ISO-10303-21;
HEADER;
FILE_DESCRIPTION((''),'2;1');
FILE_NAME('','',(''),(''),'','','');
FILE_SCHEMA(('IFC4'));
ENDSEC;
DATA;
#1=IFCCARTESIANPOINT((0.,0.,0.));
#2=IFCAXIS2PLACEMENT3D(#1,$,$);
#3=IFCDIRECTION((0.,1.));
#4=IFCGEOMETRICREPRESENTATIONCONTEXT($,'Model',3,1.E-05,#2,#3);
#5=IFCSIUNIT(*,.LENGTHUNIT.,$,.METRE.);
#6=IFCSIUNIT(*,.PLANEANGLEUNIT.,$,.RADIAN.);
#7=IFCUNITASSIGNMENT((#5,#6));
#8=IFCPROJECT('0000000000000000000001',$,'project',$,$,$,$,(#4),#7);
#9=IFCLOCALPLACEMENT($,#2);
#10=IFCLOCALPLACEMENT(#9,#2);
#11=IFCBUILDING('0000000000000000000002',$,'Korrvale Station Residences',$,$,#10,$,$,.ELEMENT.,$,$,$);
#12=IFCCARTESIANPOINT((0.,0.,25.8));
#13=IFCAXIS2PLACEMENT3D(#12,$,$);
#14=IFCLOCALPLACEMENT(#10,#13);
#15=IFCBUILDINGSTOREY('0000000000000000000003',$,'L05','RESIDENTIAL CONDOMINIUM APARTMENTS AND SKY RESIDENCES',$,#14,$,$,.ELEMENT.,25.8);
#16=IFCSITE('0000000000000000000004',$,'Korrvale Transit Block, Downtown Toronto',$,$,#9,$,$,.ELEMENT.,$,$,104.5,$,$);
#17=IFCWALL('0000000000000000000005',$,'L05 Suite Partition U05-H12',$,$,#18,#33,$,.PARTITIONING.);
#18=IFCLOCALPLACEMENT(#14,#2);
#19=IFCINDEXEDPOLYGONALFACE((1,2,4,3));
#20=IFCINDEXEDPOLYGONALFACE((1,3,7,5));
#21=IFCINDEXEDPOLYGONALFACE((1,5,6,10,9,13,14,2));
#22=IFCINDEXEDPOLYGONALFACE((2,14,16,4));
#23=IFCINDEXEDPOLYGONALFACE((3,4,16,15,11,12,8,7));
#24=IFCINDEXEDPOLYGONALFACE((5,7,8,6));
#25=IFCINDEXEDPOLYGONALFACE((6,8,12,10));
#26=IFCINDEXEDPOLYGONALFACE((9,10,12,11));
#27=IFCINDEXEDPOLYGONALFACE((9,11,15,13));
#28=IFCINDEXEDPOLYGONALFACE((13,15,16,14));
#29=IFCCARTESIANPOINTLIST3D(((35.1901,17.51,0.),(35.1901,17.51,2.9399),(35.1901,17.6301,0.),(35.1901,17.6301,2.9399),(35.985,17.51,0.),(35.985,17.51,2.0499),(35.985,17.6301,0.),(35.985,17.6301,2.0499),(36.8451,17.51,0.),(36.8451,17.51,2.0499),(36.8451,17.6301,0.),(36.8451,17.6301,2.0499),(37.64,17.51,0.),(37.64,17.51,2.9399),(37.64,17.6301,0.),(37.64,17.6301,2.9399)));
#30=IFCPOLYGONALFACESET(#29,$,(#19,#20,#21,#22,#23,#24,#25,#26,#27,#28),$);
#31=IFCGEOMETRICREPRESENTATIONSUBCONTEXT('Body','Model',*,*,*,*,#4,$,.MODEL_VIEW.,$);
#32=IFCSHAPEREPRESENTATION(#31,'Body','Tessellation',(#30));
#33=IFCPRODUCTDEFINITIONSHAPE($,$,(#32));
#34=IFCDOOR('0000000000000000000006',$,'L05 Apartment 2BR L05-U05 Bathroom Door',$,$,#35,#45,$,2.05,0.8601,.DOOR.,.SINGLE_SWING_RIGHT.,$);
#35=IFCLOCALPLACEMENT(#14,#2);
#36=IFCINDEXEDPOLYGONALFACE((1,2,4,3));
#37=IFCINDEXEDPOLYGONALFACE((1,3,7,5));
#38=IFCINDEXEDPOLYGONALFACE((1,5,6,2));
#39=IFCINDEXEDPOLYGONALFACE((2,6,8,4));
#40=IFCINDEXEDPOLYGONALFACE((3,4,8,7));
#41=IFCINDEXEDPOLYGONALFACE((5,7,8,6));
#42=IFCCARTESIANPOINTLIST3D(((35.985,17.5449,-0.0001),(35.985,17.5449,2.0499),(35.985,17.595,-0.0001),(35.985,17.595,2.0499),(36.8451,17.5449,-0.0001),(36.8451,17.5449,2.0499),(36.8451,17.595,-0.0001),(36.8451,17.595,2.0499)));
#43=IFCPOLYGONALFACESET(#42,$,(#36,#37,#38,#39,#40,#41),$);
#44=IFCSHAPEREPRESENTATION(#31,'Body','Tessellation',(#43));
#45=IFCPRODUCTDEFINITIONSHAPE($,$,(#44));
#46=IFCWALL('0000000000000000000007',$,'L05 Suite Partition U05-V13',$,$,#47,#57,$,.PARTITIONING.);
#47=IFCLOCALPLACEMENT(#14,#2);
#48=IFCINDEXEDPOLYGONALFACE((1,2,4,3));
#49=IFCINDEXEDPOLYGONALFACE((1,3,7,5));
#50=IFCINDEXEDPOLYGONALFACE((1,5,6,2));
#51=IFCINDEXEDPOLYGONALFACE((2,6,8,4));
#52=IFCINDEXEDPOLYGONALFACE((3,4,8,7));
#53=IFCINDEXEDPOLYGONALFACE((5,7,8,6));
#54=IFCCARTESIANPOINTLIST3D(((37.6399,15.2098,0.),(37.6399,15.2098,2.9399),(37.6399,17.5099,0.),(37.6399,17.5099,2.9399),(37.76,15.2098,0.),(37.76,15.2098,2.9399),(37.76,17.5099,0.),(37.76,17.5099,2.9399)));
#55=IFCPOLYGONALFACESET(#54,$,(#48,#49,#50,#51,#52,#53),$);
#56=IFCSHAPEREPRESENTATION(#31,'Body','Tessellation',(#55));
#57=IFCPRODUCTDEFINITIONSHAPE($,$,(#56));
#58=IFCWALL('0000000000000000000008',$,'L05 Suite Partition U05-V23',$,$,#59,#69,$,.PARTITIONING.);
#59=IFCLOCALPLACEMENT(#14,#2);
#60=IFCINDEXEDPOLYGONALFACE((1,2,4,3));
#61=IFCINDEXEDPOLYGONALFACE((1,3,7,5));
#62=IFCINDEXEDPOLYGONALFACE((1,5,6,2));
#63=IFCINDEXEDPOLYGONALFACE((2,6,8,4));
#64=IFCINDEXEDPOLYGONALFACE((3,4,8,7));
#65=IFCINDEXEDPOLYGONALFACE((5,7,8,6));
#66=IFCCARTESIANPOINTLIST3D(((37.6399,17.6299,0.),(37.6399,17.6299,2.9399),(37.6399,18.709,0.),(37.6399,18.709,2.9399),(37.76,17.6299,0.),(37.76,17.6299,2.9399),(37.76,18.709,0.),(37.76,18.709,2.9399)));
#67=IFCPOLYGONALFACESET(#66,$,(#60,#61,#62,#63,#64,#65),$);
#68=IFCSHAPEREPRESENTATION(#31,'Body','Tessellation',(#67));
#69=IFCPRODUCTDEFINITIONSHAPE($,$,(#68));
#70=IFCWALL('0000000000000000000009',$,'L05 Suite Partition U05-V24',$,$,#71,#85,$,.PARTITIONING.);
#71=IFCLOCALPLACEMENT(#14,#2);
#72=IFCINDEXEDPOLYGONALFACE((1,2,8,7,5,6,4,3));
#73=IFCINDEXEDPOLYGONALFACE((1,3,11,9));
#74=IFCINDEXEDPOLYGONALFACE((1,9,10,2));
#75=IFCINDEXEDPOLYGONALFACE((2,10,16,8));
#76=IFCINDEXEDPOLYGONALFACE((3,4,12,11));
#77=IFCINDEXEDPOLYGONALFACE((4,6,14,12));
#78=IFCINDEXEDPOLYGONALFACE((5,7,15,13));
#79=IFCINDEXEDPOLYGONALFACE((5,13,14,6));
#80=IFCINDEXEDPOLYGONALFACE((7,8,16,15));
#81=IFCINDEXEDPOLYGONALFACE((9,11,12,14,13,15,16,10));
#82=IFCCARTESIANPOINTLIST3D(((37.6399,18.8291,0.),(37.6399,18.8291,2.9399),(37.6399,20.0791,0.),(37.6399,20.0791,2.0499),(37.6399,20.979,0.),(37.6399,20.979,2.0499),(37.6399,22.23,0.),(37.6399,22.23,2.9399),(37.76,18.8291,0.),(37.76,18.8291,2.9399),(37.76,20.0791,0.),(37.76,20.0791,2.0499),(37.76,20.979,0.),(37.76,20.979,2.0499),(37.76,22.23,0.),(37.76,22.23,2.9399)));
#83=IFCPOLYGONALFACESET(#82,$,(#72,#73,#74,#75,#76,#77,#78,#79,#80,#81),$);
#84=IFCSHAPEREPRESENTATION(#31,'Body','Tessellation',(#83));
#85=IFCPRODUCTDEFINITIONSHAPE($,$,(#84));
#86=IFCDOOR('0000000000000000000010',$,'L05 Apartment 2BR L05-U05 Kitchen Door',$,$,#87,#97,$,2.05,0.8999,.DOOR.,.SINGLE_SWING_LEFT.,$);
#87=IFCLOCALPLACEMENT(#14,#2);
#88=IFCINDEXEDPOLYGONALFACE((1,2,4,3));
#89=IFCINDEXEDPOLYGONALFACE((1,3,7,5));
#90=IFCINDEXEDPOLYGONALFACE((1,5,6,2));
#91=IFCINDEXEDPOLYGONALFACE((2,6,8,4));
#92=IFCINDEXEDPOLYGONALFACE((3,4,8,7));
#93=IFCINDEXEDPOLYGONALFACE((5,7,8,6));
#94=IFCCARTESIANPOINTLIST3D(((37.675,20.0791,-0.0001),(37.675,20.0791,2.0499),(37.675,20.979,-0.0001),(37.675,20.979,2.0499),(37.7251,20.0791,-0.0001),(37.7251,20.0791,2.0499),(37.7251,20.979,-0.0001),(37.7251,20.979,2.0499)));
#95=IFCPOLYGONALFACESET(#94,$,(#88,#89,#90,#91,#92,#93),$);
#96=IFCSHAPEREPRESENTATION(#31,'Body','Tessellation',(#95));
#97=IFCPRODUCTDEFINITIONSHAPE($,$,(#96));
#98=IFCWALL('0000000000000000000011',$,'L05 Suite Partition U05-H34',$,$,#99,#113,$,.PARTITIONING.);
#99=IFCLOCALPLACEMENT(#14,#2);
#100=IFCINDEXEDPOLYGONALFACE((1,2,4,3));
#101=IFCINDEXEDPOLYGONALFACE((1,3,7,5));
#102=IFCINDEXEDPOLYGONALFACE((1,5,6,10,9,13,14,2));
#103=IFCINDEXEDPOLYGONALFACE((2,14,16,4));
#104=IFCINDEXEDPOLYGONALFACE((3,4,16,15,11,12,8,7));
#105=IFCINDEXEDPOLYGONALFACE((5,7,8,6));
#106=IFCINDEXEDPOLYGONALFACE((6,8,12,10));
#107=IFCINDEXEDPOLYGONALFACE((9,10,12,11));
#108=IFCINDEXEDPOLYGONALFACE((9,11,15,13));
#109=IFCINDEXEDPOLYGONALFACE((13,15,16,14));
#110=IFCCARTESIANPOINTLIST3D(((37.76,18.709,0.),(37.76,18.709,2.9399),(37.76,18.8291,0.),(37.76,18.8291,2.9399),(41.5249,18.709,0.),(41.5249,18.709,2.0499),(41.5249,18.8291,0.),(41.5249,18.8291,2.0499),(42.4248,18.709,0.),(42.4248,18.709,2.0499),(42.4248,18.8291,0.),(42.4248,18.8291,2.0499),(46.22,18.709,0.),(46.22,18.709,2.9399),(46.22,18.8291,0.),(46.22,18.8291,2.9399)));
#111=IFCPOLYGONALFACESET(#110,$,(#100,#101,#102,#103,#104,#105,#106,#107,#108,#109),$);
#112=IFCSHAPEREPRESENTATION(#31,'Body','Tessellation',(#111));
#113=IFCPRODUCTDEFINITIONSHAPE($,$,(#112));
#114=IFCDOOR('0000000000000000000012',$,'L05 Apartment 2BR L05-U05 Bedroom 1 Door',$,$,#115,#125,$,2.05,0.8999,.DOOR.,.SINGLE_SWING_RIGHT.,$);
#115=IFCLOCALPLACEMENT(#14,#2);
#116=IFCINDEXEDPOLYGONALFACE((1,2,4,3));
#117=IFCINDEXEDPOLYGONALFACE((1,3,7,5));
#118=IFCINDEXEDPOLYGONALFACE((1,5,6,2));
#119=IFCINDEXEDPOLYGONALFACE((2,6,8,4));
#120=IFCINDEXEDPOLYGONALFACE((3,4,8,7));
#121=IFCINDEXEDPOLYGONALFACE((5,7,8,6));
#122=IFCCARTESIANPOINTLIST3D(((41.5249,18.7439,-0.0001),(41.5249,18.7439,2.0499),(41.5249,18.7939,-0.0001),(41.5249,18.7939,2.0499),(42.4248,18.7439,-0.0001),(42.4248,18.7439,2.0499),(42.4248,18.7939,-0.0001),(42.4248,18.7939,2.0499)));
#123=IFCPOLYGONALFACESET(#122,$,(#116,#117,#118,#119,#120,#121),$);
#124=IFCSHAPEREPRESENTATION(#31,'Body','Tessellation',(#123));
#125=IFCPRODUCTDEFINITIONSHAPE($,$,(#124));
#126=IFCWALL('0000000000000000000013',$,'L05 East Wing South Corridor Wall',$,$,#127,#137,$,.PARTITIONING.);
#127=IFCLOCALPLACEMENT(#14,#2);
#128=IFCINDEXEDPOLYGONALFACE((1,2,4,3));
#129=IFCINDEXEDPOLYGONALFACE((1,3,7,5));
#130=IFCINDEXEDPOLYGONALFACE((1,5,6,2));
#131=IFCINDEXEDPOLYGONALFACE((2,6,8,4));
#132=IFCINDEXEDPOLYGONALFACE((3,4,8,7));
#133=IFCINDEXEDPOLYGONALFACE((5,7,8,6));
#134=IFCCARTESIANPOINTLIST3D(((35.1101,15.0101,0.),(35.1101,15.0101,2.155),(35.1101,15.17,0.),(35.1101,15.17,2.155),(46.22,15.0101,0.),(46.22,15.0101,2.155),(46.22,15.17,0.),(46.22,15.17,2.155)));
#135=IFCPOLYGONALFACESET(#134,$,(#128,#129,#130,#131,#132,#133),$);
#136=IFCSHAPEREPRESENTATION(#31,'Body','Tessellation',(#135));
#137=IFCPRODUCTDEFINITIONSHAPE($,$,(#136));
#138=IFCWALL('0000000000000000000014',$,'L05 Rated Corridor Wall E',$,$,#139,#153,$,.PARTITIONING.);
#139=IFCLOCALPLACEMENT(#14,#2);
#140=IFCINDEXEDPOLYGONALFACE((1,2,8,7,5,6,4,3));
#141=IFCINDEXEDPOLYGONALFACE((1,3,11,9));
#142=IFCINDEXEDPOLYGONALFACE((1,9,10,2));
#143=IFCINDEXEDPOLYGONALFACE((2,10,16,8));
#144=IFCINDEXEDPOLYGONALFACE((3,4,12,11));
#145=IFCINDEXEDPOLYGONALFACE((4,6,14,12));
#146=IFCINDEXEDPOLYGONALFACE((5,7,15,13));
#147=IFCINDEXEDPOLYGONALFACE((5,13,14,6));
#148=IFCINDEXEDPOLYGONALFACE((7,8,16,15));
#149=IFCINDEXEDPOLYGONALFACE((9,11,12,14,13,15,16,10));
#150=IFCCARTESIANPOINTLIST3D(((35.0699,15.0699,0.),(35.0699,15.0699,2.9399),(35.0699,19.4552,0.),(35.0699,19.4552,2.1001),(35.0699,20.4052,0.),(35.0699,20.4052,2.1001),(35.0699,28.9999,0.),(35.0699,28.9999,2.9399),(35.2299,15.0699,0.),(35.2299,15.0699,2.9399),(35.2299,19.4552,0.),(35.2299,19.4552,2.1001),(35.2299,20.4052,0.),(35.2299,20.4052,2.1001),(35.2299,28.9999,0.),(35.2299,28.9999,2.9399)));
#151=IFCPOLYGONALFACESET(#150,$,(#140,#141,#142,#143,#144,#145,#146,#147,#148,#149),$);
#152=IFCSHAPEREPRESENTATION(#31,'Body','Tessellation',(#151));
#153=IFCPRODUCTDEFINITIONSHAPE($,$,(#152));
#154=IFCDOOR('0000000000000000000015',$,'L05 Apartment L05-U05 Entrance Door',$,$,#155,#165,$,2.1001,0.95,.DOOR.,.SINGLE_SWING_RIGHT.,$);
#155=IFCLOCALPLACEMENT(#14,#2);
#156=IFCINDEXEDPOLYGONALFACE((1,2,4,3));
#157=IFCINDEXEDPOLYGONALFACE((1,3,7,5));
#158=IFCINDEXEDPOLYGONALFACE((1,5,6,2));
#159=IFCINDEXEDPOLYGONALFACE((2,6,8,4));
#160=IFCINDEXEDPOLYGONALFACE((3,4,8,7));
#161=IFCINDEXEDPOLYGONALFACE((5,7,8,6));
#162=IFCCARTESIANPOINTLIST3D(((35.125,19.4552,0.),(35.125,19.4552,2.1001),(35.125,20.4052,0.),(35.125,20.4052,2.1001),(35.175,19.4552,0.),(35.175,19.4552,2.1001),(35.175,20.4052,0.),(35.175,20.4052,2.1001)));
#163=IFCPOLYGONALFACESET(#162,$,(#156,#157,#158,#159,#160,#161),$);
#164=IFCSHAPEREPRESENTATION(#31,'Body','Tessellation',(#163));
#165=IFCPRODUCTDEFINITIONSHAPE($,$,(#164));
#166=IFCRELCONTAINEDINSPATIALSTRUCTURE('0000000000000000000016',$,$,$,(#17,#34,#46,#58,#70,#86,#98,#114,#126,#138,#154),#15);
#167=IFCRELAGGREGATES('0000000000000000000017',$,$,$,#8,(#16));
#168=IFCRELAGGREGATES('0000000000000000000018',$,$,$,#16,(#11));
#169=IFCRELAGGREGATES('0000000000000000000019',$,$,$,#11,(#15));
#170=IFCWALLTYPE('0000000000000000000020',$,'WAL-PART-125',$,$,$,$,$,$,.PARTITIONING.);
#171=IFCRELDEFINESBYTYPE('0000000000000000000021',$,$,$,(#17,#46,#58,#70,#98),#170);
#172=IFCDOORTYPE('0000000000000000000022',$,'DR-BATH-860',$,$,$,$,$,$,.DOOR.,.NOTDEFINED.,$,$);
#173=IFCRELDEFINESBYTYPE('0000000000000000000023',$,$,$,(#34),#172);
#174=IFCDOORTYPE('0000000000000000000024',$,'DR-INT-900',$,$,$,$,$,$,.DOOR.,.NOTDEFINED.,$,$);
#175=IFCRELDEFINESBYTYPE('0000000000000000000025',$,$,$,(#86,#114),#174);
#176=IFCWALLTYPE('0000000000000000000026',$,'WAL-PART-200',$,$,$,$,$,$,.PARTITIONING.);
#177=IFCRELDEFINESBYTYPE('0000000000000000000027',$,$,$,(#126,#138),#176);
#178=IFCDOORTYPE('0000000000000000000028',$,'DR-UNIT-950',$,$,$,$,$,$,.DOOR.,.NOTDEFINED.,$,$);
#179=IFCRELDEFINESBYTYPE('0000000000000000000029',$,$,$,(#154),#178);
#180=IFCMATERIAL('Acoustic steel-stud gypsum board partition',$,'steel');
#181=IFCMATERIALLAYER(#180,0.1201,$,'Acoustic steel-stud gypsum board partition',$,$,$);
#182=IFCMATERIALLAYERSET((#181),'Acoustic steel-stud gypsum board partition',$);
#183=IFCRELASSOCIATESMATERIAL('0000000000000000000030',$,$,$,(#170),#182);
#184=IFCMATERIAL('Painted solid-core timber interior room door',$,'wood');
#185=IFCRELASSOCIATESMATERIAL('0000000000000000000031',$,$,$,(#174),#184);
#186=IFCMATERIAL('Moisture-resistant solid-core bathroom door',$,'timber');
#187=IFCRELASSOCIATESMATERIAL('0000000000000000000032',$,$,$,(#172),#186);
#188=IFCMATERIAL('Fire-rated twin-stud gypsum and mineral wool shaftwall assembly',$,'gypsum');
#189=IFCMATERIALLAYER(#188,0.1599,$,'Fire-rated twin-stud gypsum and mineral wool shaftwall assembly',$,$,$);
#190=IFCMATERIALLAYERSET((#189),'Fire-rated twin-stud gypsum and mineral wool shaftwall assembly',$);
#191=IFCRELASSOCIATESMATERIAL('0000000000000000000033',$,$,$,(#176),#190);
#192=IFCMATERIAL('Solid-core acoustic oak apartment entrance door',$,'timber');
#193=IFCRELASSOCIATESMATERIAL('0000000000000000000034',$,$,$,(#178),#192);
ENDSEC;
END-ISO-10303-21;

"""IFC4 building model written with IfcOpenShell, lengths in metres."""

from ifc_helpers import new_model, si_unit, direction, frame, frame_2d, origin, place, context, subcontext, project, spatial, rectangle, extrude, material, layer, layer_set, type_object, element, fill, save


model = new_model("IFC4")

# Units and contexts
model_context = context("Model", 3, precision=1e-05, world=origin(), true_north=direction((0.0, 1.0)))
body_context = subcontext(model_context, "Body", "Model", "MODEL_VIEW")
ifc_project = project(units=[si_unit("LENGTHUNIT", "METRE"), si_unit("PLANEANGLEUNIT", "RADIAN")], contexts=[model_context])

# Site, building, storey
site_placement = place(None, origin())
site = spatial("IfcSite", under=ifc_project, at=site_placement, Name="Korrvale Transit Block, Downtown Toronto", CompositionType="ELEMENT", RefElevation=104.5)
building_placement = place(site_placement, origin())
building = spatial("IfcBuilding", under=site, at=building_placement, Name="Korrvale Station Residences", CompositionType="ELEMENT")
storey_placement = place(building_placement, frame((0.0, 0.0, 25.8)))
storey = spatial("IfcBuildingStorey", under=building, at=storey_placement, Name="L05", Description="RESIDENTIAL CONDOMINIUM APARTMENTS AND SKY RESIDENCES", CompositionType="ELEMENT", Elevation=25.8)

# Wall, opening, door
ifc_material_1 = material(Name="Acoustic steel-stud gypsum board partition", Category="steel")
ifc_layer_1 = layer(ifc_material_1, 0.1201, Name="Acoustic steel-stud gypsum board partition")
ifc_layer_set_1 = layer_set([ifc_layer_1], Name="Acoustic steel-stud gypsum board partition")
wall_type_1 = type_object("IfcWallType", Name="WAL-PART-125", PredefinedType="PARTITIONING", material=ifc_layer_set_1)
ifc_material_2 = material(Name="Painted solid-core timber interior room door", Category="wood")
door_type_1 = type_object("IfcDoorType", Name="DR-INT-900", OperationType="NOTDEFINED", PredefinedType="DOOR", material=ifc_material_2)
wall_1_placement = place(storey_placement, frame((35.1899, 17.5701, 0.0), z_axis=(0.0, 0.0, 1.0), x_axis=(1.0, 0.0, 0.0)))
wall_1 = element("IfcWall", 1, at=wall_1_placement, inside=storey, type_object=wall_type_1, Name="L05 Suite Partition U05-H12", PredefinedType="PARTITIONING", context=body_context, shape_type="SweptSolid", body=[
    extrude(rectangle(XDim=2.45, YDim=0.1201, at=frame_2d((1.2251, 0.0))), origin(), (0.0, 0.0, 1.0), 2.9399),
])
opening_1_placement = place(wall_1_placement, frame((0.7949, 0.0, 0.0)))
opening_1 = element("IfcOpeningElement", 2, at=opening_1_placement, cuts=wall_1, PredefinedType="OPENING", context=body_context, shape_type="SweptSolid", body=[
    extrude(rectangle(XDim=0.8601, YDim=2.05, at=frame_2d((0.4302, 1.0249))), frame((0.0, 0.0701, 0.0), z_axis=(0.0, -1.0, 0.0), x_axis=(1.0, 0.0, 0.0)), (0.0, 0.0, 1.0), 0.1401),
])
ifc_material_3 = material(Name="Moisture-resistant solid-core bathroom door", Category="timber")
door_type_2 = type_object("IfcDoorType", Name="DR-BATH-860", OperationType="NOTDEFINED", PredefinedType="DOOR", material=ifc_material_3)
door_1_placement = place(opening_1_placement, origin())
door_1 = element("IfcDoor", 3, at=door_1_placement, inside=storey, type_object=door_type_2, Name="L05 Apartment 2BR L05-U05 Bathroom Door", OperationType="SINGLE_SWING_RIGHT", OverallHeight=2.05, OverallWidth=0.8601, PredefinedType="DOOR", context=body_context, shape_type="SweptSolid", body=[
    extrude(rectangle(XDim=0.8601, YDim=2.05, at=frame_2d((0.4302, 1.0249))), frame((0.0, 0.0249, 0.0), z_axis=(0.0, -1.0, 0.0), x_axis=(1.0, 0.0, 0.0)), (0.0, 0.0, 1.0), 0.05),
])
fill(opening_1, door_1)

# Walls
wall_2_placement = place(storey_placement, frame((37.7, 15.21, 0.0), z_axis=(0.0, 0.0, 1.0), x_axis=(0.0, 1.0, 0.0)))
element("IfcWall", 4, at=wall_2_placement, inside=storey, type_object=wall_type_1, Name="L05 Suite Partition U05-V13", PredefinedType="PARTITIONING", context=body_context, shape_type="SweptSolid", body=[
    extrude(rectangle(XDim=2.3, YDim=0.1201, at=frame_2d((1.1499, 0.0))), origin(), (0.0, 0.0, 1.0), 2.9399),
])
wall_3_placement = place(storey_placement, frame((37.7, 17.6299, 0.0), z_axis=(0.0, 0.0, 1.0), x_axis=(0.0, 1.0, 0.0)))
element("IfcWall", 5, at=wall_3_placement, inside=storey, type_object=wall_type_1, Name="L05 Suite Partition U05-V23", PredefinedType="PARTITIONING", context=body_context, shape_type="SweptSolid", body=[
    extrude(rectangle(XDim=1.0791, YDim=0.1201, at=frame_2d((0.5396, 0.0))), origin(), (0.0, 0.0, 1.0), 2.9399),
])

# Walls, openings, doors
wall_4_placement = place(storey_placement, frame((37.7, 18.8291, 0.0), z_axis=(0.0, 0.0, 1.0), x_axis=(0.0, 1.0, 0.0)))
wall_4 = element("IfcWall", 6, at=wall_4_placement, inside=storey, type_object=wall_type_1, Name="L05 Suite Partition U05-V24", PredefinedType="PARTITIONING", context=body_context, shape_type="SweptSolid", body=[
    extrude(rectangle(XDim=3.4009, YDim=0.1201, at=frame_2d((1.7004, 0.0))), origin(), (0.0, 0.0, 1.0), 2.9399),
])
opening_2_placement = place(wall_4_placement, frame((1.25, 0.0, 0.0)))
opening_2 = element("IfcOpeningElement", 7, at=opening_2_placement, cuts=wall_4, PredefinedType="OPENING", context=body_context, shape_type="SweptSolid", body=[
    extrude(rectangle(XDim=0.8999, YDim=2.05, at=frame_2d((0.45, 1.0249))), frame((0.0, 0.0701, 0.0), z_axis=(0.0, -1.0, 0.0), x_axis=(1.0, 0.0, 0.0)), (0.0, 0.0, 1.0), 0.1401),
])
door_2_placement = place(opening_2_placement, origin())
door_2 = element("IfcDoor", 8, at=door_2_placement, inside=storey, type_object=door_type_1, Name="L05 Apartment 2BR L05-U05 Kitchen Door", OperationType="SINGLE_SWING_LEFT", OverallHeight=2.05, OverallWidth=0.8999, PredefinedType="DOOR", context=body_context, shape_type="SweptSolid", body=[
    extrude(rectangle(XDim=0.8999, YDim=2.05, at=frame_2d((0.45, 1.0249))), frame((0.0, 0.0249, 0.0), z_axis=(0.0, -1.0, 0.0), x_axis=(1.0, 0.0, 0.0)), (0.0, 0.0, 1.0), 0.05),
])
fill(opening_2, door_2)
wall_5_placement = place(storey_placement, frame((37.76, 18.769, 0.0), z_axis=(0.0, 0.0, 1.0), x_axis=(1.0, 0.0, 0.0)))
wall_5 = element("IfcWall", 9, at=wall_5_placement, inside=storey, type_object=wall_type_1, Name="L05 Suite Partition U05-H34", PredefinedType="PARTITIONING", context=body_context, shape_type="SweptSolid", body=[
    extrude(rectangle(XDim=8.46, YDim=0.1201, at=frame_2d((4.23, 0.0))), origin(), (0.0, 0.0, 1.0), 2.9399),
])
opening_3_placement = place(wall_5_placement, frame((3.7649, 0.0, 0.0)))
opening_3 = element("IfcOpeningElement", 10, at=opening_3_placement, cuts=wall_5, PredefinedType="OPENING", context=body_context, shape_type="SweptSolid", body=[
    extrude(rectangle(XDim=0.8999, YDim=2.05, at=frame_2d((0.45, 1.0249))), frame((0.0, 0.0701, 0.0), z_axis=(0.0, -1.0, 0.0), x_axis=(1.0, 0.0, 0.0)), (0.0, 0.0, 1.0), 0.1401),
])
door_3_placement = place(opening_3_placement, origin())
door_3 = element("IfcDoor", 11, at=door_3_placement, inside=storey, type_object=door_type_1, Name="L05 Apartment 2BR L05-U05 Bedroom 1 Door", OperationType="SINGLE_SWING_RIGHT", OverallHeight=2.05, OverallWidth=0.8999, PredefinedType="DOOR", context=body_context, shape_type="SweptSolid", body=[
    extrude(rectangle(XDim=0.8999, YDim=2.05, at=frame_2d((0.45, 1.0249))), frame((0.0, 0.0249, 0.0), z_axis=(0.0, -1.0, 0.0), x_axis=(1.0, 0.0, 0.0)), (0.0, 0.0, 1.0), 0.05),
])
fill(opening_3, door_3)

# Wall
ifc_material_4 = material(Name="Fire-rated twin-stud gypsum and mineral wool shaftwall assembly", Category="gypsum")
ifc_layer_2 = layer(ifc_material_4, 0.1599, Name="Fire-rated twin-stud gypsum and mineral wool shaftwall assembly")
ifc_layer_set_2 = layer_set([ifc_layer_2], Name="Fire-rated twin-stud gypsum and mineral wool shaftwall assembly")
wall_type_2 = type_object("IfcWallType", Name="WAL-PART-200", PredefinedType="PARTITIONING", material=ifc_layer_set_2)
wall_6_placement = place(storey_placement, frame((35.1101, 15.0901, 0.0), z_axis=(0.0, 0.0, 1.0), x_axis=(1.0, 0.0, 0.0)))
element("IfcWall", 12, at=wall_6_placement, inside=storey, type_object=wall_type_2, Name="L05 East Wing South Corridor Wall", PredefinedType="PARTITIONING", context=body_context, shape_type="SweptSolid", body=[
    extrude(rectangle(XDim=11.1099, YDim=0.1599, at=frame_2d((5.5549, 0.0))), origin(), (0.0, 0.0, 1.0), 2.155),
])

# Wall, opening, door
wall_7_placement = place(storey_placement, frame((35.1499, 15.0701, 0.0), z_axis=(0.0, 0.0, 1.0), x_axis=(0.0, 1.0, 0.0)))
wall_7 = element("IfcWall", 13, at=wall_7_placement, inside=storey, type_object=wall_type_2, Name="L05 Rated Corridor Wall E", PredefinedType="PARTITIONING", context=body_context, shape_type="SweptSolid", body=[
    extrude(rectangle(XDim=13.9299, YDim=0.1599, at=frame_2d((6.9648, 0.0))), origin(), (0.0, 0.0, 1.0), 2.9399),
])
opening_4_placement = place(wall_7_placement, frame((4.385, 0.0, 0.0)))
opening_4 = element("IfcOpeningElement", 14, at=opening_4_placement, cuts=wall_7, PredefinedType="OPENING", context=body_context, shape_type="SweptSolid", body=[
    extrude(rectangle(XDim=0.95, YDim=2.1001, at=frame_2d((0.4751, 1.05))), frame((0.0, 0.0898, 0.0), z_axis=(0.0, -1.0, 0.0), x_axis=(1.0, 0.0, 0.0)), (0.0, 0.0, 1.0), 0.1799),
])
ifc_material_5 = material(Name="Solid-core acoustic oak apartment entrance door", Category="timber")
door_type_3 = type_object("IfcDoorType", Name="DR-UNIT-950", OperationType="NOTDEFINED", PredefinedType="DOOR", material=ifc_material_5)
door_4_placement = place(opening_4_placement, origin())
door_4 = element("IfcDoor", 15, at=door_4_placement, inside=storey, type_object=door_type_3, Name="L05 Apartment L05-U05 Entrance Door", OperationType="SINGLE_SWING_RIGHT", OverallHeight=2.1001, OverallWidth=0.95, PredefinedType="DOOR", context=body_context, shape_type="SweptSolid", body=[
    extrude(rectangle(XDim=0.95, YDim=2.1001, at=frame_2d((0.4751, 1.05))), frame((0.0, 0.0249, 0.0), z_axis=(0.0, -1.0, 0.0), x_axis=(1.0, 0.0, 0.0)), (0.0, 0.0, 1.0), 0.05),
])
fill(opening_4, door_4)

save(model, "model.ifc")
